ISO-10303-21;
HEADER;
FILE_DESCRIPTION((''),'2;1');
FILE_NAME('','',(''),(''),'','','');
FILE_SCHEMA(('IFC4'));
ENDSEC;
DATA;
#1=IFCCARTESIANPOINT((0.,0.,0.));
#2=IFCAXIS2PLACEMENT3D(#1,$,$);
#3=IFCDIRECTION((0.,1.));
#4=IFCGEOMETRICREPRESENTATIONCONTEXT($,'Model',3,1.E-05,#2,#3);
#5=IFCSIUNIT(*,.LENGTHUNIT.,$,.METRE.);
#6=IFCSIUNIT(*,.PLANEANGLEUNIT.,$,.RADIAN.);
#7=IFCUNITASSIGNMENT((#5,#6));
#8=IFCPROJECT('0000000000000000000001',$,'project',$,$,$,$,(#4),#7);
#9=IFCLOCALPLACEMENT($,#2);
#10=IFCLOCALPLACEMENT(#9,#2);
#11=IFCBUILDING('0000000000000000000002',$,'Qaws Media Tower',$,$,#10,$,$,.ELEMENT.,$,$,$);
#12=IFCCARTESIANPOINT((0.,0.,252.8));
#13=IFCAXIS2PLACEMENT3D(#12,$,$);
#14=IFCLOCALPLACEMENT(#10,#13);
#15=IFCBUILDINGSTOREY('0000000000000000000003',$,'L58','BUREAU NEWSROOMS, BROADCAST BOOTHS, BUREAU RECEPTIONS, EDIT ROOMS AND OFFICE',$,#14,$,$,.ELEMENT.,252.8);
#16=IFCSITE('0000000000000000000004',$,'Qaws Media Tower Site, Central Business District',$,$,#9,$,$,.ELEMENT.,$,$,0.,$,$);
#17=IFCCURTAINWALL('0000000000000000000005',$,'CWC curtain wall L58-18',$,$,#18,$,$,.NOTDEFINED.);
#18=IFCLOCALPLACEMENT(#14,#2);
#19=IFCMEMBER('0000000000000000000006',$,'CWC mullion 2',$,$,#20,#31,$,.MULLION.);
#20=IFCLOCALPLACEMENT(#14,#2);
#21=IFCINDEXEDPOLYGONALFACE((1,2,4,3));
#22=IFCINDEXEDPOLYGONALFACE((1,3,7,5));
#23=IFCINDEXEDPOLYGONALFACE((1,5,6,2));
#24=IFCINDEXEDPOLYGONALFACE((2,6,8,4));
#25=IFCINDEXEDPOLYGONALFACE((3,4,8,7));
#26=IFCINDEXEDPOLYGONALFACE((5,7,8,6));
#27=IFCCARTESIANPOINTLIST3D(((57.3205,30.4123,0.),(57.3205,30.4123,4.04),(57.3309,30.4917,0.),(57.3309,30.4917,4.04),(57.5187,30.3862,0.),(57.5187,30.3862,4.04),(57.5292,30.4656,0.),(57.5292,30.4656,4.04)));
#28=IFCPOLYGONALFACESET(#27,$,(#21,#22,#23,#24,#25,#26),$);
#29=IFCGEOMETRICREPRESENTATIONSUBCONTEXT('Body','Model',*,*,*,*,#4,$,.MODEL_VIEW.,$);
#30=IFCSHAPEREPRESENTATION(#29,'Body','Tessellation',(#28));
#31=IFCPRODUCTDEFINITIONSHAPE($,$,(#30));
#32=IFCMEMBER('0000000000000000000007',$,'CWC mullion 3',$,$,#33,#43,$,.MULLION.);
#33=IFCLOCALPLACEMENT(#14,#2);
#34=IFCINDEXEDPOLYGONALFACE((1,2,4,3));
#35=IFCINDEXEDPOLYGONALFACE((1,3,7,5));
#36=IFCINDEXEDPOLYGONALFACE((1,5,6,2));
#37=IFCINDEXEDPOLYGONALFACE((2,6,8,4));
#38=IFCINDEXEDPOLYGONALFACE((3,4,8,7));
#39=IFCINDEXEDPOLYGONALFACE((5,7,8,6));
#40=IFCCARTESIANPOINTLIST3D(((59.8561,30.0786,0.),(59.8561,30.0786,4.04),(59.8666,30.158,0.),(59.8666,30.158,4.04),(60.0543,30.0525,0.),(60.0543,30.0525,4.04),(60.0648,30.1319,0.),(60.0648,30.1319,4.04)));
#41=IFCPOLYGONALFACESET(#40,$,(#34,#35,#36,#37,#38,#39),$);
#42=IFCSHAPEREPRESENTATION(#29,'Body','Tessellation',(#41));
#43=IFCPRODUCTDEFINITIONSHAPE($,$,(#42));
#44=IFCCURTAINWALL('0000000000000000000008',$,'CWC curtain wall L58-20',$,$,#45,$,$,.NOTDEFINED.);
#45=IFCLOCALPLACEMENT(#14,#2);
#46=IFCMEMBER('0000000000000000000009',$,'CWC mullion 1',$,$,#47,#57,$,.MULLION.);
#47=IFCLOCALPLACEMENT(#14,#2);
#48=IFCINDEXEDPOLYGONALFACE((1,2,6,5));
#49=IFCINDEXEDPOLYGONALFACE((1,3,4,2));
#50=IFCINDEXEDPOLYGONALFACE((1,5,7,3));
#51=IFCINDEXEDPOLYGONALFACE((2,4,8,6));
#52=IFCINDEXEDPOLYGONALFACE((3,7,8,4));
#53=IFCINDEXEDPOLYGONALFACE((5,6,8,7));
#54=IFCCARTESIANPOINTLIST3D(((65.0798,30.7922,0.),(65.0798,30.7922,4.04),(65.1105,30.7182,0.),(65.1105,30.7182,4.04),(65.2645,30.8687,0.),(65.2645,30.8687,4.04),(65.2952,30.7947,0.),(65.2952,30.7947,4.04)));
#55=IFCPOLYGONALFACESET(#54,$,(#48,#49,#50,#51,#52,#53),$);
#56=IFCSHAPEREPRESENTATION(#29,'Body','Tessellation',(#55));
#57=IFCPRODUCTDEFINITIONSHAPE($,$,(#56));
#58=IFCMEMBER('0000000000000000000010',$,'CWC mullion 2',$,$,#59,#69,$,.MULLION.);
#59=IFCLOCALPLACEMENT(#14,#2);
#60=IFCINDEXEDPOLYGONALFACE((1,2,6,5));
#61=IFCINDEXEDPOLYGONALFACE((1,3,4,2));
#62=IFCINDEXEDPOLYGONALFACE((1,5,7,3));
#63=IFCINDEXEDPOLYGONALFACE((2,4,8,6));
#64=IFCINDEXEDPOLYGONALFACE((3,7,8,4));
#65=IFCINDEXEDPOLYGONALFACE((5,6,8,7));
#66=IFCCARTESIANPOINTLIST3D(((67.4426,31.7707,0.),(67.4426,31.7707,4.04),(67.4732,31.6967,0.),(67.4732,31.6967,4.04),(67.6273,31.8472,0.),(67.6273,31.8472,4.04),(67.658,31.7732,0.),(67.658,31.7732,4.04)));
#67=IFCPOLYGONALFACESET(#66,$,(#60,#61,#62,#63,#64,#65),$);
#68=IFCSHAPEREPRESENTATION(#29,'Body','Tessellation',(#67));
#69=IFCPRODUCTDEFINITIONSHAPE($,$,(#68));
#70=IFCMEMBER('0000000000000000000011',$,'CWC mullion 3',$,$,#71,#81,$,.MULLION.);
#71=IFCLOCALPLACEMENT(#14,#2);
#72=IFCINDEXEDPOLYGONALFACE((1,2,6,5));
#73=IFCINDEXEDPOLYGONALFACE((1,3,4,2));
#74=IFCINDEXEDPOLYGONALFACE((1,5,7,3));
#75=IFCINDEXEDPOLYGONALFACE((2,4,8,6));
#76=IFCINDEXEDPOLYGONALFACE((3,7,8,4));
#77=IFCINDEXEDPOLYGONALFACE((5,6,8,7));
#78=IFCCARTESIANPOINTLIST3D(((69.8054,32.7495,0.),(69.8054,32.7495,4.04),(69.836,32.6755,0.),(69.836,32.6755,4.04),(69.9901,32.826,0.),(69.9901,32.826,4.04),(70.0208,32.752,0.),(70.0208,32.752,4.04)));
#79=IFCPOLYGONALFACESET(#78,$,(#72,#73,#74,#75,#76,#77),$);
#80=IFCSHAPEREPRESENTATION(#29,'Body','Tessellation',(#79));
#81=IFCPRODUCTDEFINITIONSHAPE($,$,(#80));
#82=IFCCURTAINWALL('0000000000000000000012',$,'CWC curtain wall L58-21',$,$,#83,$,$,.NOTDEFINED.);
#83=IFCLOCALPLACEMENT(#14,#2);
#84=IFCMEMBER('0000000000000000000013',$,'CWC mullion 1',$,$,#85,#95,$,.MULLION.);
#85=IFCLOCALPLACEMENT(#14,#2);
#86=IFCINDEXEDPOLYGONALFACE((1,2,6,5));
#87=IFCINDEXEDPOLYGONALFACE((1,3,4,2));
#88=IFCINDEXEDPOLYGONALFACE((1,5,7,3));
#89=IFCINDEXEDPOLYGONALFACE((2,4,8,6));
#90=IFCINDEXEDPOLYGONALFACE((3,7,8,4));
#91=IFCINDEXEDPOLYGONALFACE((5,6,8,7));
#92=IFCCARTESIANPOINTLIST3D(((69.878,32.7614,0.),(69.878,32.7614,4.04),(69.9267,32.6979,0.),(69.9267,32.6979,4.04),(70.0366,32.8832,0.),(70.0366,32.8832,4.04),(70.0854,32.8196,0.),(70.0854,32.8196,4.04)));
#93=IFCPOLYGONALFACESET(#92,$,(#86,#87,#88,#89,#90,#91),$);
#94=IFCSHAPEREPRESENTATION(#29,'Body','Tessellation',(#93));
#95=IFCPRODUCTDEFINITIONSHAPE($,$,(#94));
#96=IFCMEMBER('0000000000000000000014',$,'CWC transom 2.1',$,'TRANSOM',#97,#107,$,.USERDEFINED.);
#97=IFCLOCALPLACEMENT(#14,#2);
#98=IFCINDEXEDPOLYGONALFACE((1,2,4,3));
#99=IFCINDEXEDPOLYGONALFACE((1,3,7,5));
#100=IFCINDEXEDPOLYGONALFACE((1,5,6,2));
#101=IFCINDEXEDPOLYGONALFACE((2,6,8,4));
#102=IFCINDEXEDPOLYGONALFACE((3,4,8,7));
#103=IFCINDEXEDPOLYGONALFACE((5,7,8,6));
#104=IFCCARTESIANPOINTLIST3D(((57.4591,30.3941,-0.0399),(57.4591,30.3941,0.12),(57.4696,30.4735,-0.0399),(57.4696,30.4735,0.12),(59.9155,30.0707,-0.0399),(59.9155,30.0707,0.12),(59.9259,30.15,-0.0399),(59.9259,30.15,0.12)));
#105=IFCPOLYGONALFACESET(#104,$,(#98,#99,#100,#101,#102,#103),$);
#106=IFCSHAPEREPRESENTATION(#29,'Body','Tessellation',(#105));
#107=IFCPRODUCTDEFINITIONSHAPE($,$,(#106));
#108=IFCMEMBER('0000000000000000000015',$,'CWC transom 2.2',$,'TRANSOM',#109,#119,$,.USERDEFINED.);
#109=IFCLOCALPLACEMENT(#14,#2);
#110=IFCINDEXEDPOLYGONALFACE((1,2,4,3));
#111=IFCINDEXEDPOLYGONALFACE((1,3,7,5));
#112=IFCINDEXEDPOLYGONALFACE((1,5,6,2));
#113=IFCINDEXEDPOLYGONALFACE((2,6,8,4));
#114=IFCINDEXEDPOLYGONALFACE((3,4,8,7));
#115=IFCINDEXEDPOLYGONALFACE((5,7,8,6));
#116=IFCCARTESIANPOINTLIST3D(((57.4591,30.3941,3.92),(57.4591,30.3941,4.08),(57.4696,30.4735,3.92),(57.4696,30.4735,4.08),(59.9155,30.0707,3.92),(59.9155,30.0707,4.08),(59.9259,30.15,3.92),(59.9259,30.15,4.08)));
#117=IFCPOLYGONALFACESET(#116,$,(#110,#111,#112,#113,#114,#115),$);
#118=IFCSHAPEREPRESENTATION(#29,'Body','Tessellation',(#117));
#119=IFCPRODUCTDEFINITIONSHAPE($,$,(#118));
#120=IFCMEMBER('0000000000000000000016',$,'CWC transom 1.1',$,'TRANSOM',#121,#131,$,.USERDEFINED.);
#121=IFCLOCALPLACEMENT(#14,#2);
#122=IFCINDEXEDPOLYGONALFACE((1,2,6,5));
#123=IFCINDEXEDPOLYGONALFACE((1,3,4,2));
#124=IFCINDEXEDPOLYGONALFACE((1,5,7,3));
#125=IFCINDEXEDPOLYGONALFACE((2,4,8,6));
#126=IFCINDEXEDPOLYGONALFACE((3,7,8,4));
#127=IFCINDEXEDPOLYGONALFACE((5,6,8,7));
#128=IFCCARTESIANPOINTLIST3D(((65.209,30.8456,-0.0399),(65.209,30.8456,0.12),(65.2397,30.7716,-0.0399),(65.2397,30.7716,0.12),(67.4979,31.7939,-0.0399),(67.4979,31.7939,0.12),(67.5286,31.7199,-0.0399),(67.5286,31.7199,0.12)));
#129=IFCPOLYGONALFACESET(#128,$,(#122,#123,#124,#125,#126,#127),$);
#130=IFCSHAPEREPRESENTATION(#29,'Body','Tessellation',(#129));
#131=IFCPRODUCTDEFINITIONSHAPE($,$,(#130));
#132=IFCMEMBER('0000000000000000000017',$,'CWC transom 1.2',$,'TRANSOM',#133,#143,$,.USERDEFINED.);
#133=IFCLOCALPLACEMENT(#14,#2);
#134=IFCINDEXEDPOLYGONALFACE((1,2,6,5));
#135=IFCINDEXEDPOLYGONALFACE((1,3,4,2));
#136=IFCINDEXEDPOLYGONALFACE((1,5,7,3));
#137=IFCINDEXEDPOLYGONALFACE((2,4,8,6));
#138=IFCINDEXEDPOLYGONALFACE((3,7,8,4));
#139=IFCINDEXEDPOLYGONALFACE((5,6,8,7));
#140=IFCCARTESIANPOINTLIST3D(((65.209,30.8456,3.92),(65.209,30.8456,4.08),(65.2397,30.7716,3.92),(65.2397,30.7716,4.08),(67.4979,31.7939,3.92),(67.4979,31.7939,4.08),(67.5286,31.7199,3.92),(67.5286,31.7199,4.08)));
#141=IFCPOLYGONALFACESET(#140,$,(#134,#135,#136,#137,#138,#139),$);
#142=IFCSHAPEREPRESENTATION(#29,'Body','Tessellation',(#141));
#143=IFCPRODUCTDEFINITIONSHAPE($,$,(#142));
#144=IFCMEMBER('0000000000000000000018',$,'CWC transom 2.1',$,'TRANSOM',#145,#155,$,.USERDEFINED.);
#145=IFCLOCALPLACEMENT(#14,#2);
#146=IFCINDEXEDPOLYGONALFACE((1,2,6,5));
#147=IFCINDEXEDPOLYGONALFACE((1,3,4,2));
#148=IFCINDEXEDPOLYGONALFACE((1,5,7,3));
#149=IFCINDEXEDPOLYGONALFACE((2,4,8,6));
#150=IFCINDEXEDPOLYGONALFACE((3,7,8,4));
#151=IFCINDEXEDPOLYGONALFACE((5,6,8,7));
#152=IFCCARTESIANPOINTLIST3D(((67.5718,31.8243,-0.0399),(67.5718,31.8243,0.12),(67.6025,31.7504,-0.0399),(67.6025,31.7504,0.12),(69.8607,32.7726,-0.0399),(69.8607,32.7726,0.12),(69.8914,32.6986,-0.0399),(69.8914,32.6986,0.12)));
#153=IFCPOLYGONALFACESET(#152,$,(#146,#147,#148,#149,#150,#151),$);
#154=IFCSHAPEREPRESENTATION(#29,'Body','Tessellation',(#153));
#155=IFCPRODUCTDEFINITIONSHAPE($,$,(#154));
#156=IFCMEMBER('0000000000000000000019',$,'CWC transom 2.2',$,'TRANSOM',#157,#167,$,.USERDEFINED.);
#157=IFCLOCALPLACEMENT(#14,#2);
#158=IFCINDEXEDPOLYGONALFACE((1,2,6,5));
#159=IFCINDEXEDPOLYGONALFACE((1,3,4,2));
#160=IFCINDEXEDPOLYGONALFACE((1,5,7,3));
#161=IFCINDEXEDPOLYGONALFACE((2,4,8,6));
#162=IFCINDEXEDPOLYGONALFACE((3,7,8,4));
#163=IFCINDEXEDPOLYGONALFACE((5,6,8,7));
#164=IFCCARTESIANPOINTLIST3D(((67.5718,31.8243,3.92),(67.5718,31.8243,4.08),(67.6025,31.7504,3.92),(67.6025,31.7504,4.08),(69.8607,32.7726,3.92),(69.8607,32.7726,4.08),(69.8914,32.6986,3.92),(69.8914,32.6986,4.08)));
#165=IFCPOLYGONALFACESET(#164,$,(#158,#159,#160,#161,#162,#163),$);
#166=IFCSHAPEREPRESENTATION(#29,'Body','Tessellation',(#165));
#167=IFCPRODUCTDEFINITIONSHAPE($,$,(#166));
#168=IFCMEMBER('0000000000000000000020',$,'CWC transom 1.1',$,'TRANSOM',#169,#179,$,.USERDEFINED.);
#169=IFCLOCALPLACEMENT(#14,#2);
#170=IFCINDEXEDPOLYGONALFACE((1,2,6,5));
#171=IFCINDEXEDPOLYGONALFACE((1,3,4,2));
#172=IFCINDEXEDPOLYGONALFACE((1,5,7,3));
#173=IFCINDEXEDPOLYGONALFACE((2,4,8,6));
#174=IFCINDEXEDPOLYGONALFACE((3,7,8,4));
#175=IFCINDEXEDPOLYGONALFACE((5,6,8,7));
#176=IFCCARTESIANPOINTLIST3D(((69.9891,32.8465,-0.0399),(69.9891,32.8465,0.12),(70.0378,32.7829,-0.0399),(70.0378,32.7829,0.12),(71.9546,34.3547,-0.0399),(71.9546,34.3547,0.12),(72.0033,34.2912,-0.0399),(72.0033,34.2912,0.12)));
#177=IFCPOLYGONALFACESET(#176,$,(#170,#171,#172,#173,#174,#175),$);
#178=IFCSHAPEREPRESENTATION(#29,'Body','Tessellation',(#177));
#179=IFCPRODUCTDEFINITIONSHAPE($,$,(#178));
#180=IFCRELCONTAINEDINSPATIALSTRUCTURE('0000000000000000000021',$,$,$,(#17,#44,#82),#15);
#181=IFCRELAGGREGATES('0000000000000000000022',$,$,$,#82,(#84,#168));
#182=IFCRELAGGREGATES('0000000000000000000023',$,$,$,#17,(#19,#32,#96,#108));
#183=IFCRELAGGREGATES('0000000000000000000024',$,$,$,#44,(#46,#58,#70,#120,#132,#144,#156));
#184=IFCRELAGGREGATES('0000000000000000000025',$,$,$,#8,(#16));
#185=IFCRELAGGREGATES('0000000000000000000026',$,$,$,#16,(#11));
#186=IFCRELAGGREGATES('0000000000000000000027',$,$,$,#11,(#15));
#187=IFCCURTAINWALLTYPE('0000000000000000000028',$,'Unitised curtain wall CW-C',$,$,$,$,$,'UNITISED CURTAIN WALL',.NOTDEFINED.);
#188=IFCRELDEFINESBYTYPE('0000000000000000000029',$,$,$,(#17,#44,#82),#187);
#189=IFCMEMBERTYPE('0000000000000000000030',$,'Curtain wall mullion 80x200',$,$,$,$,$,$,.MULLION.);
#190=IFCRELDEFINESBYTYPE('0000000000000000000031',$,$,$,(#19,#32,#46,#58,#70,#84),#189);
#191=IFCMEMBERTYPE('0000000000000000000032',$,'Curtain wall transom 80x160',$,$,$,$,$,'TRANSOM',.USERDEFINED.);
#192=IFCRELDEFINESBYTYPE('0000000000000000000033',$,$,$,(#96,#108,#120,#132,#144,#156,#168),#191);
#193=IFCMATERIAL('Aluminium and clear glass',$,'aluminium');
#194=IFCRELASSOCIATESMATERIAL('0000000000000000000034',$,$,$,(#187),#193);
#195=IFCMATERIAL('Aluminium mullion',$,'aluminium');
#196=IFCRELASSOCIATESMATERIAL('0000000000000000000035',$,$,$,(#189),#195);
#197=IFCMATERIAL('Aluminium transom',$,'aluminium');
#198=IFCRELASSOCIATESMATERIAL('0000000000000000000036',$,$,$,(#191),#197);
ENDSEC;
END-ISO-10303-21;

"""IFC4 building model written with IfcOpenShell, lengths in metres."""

from ifc_helpers import new_model, si_unit, direction, frame, origin, origin_2d, place, context, subcontext, project, spatial, rectangle, extrude, material, material_profile, profile_set, type_object, element, aggregate, save


model = new_model("IFC4")

# Units and contexts
model_context = context("Model", 3, precision=1e-05, world=origin(), true_north=direction((0.0, 1.0)))
body_context = subcontext(model_context, "Body", "Model", "MODEL_VIEW")
ifc_project = project(units=[si_unit("LENGTHUNIT", "METRE"), si_unit("PLANEANGLEUNIT", "RADIAN")], contexts=[model_context])

# Site, building, storey
site_placement = place(None, origin())
site = spatial("IfcSite", under=ifc_project, at=site_placement, Name="Qaws Media Tower Site, Central Business District", CompositionType="ELEMENT", RefElevation=0.0)
building_placement = place(site_placement, origin())
building = spatial("IfcBuilding", under=site, at=building_placement, Name="Qaws Media Tower", CompositionType="ELEMENT")
storey_placement = place(building_placement, frame((0.0, 0.0, 252.8)))
storey = spatial("IfcBuildingStorey", under=building, at=storey_placement, Name="L58", Description="BUREAU NEWSROOMS, BROADCAST BOOTHS, BUREAU RECEPTIONS, EDIT ROOMS AND OFFICE", CompositionType="ELEMENT", Elevation=252.8)

# Curtain walls, members
ifc_material_1 = material(Name="Aluminium and clear glass", Category="aluminium")
curtain_wall_type = type_object("IfcCurtainWallType", Name="Unitised curtain wall CW-C", ElementType="UNITISED CURTAIN WALL", PredefinedType="NOTDEFINED", material=ifc_material_1)
curtain_wall_1_placement = place(storey_placement, origin())
curtain_wall_1 = element("IfcCurtainWall", 1, at=curtain_wall_1_placement, inside=storey, type_object=curtain_wall_type, Name="CWC curtain wall L58-18", PredefinedType="NOTDEFINED")
ifc_material_2 = material(Name="Aluminium mullion", Category="aluminium")
ifc_material_profile_1 = material_profile(ifc_material_2, rectangle(XDim=0.0801, YDim=0.2, at=origin_2d()), Name="80x200")
ifc_profile_set_1 = profile_set([ifc_material_profile_1], Name="Aluminium mullion")
member_type_1 = type_object("IfcMemberType", Name="Curtain wall mullion 80x200", PredefinedType="MULLION", material=ifc_profile_set_1)
member_1_placement = place(storey_placement, frame((57.4248, 30.439, 0.0), z_axis=(0.0, 0.0, 1.0), x_axis=(0.130526, 0.991445, 0.0)))
member_1 = element("IfcMember", 2, at=member_1_placement, type_object=member_type_1, Name="CWC mullion 2", PredefinedType="MULLION", context=body_context, shape_type="SweptSolid", body=[
    extrude(rectangle(XDim=0.0801, YDim=0.2, at=origin_2d()), origin(), (0.0, 0.0, 1.0), 4.04),
])
member_2_placement = place(storey_placement, frame((59.9604, 30.1052, 0.0), z_axis=(0.0, 0.0, 1.0), x_axis=(0.130526, 0.991445, 0.0)))
member_2 = element("IfcMember", 3, at=member_2_placement, type_object=member_type_1, Name="CWC mullion 3", PredefinedType="MULLION", context=body_context, shape_type="SweptSolid", body=[
    extrude(rectangle(XDim=0.0801, YDim=0.2, at=origin_2d()), origin(), (0.0, 0.0, 1.0), 4.04),
])
curtain_wall_2_placement = place(storey_placement, origin())
curtain_wall_2 = element("IfcCurtainWall", 4, at=curtain_wall_2_placement, inside=storey, type_object=curtain_wall_type, Name="CWC curtain wall L58-20", PredefinedType="NOTDEFINED")
member_3_placement = place(storey_placement, frame((65.1875, 30.7935, 0.0), z_axis=(0.0, 0.0, 1.0), x_axis=(-0.382683, 0.92388, 0.0)))
member_3 = element("IfcMember", 5, at=member_3_placement, type_object=member_type_1, Name="CWC mullion 1", PredefinedType="MULLION", context=body_context, shape_type="SweptSolid", body=[
    extrude(rectangle(XDim=0.0801, YDim=0.2, at=origin_2d()), origin(), (0.0, 0.0, 1.0), 4.04),
])
member_4_placement = place(storey_placement, frame((67.5503, 31.772, 0.0), z_axis=(0.0, 0.0, 1.0), x_axis=(-0.382683, 0.92388, 0.0)))
member_4 = element("IfcMember", 6, at=member_4_placement, type_object=member_type_1, Name="CWC mullion 2", PredefinedType="MULLION", context=body_context, shape_type="SweptSolid", body=[
    extrude(rectangle(XDim=0.0801, YDim=0.2, at=origin_2d()), origin(), (0.0, 0.0, 1.0), 4.04),
])
member_5_placement = place(storey_placement, frame((69.9131, 32.7507, 0.0), z_axis=(0.0, 0.0, 1.0), x_axis=(-0.382683, 0.92388, 0.0)))
member_5 = element("IfcMember", 7, at=member_5_placement, type_object=member_type_1, Name="CWC mullion 3", PredefinedType="MULLION", context=body_context, shape_type="SweptSolid", body=[
    extrude(rectangle(XDim=0.0801, YDim=0.2, at=origin_2d()), origin(), (0.0, 0.0, 1.0), 4.04),
])

# Curtain wall, member
curtain_wall_3_placement = place(storey_placement, origin())
curtain_wall_3 = element("IfcCurtainWall", 8, at=curtain_wall_3_placement, inside=storey, type_object=curtain_wall_type, Name="CWC curtain wall L58-21", PredefinedType="NOTDEFINED")
member_6_placement = place(storey_placement, frame((69.9817, 32.7905, 0.0), z_axis=(0.0, 0.0, 1.0), x_axis=(-0.608761, 0.793353, 0.0)))
member_6 = element("IfcMember", 9, at=member_6_placement, type_object=member_type_1, Name="CWC mullion 1", PredefinedType="MULLION", context=body_context, shape_type="SweptSolid", body=[
    extrude(rectangle(XDim=0.0801, YDim=0.2, at=origin_2d()), origin(), (0.0, 0.0, 1.0), 4.04),
])

# Members
ifc_material_3 = material(Name="Aluminium transom", Category="aluminium")
ifc_material_profile_2 = material_profile(ifc_material_3, rectangle(XDim=0.0801, YDim=0.1599, at=origin_2d()), Name="80x160")
ifc_profile_set_2 = profile_set([ifc_material_profile_2], Name="Aluminium transom")
member_type_2 = type_object("IfcMemberType", Name="Curtain wall transom 80x160", ElementType="TRANSOM", PredefinedType="USERDEFINED", material=ifc_profile_set_2)
member_7_placement = place(storey_placement, frame((57.4644, 30.4338, 0.04), z_axis=(0.991439, -0.130569, 0.0), x_axis=(0.130569, 0.991439, 0.0)))
member_7 = element("IfcMember", 10, at=member_7_placement, type_object=member_type_2, Name="CWC transom 2.1", ObjectType="TRANSOM", PredefinedType="USERDEFINED", context=body_context, shape_type="SweptSolid", body=[
    extrude(rectangle(XDim=0.0801, YDim=0.1599, at=origin_2d()), origin(), (0.0, 0.0, 1.0), 2.4775),
])
member_8_placement = place(storey_placement, frame((57.4644, 30.4338, 4.0), z_axis=(0.991439, -0.130569, 0.0), x_axis=(0.130569, 0.991439, 0.0)))
member_8 = element("IfcMember", 11, at=member_8_placement, type_object=member_type_2, Name="CWC transom 2.2", ObjectType="TRANSOM", PredefinedType="USERDEFINED", context=body_context, shape_type="SweptSolid", body=[
    extrude(rectangle(XDim=0.0801, YDim=0.1599, at=origin_2d()), origin(), (0.0, 0.0, 1.0), 2.4775),
])
member_9_placement = place(storey_placement, frame((65.2244, 30.8086, 0.04), z_axis=(0.923853, 0.382746, 0.0), x_axis=(-0.382746, 0.923853, 0.0)))
member_9 = element("IfcMember", 12, at=member_9_placement, type_object=member_type_2, Name="CWC transom 1.1", ObjectType="TRANSOM", PredefinedType="USERDEFINED", context=body_context, shape_type="SweptSolid", body=[
    extrude(rectangle(XDim=0.0801, YDim=0.1599, at=origin_2d()), origin(), (0.0, 0.0, 1.0), 2.4775),
])
member_10_placement = place(storey_placement, frame((65.2244, 30.8086, 4.0), z_axis=(0.923853, 0.382746, 0.0), x_axis=(-0.382746, 0.923853, 0.0)))
member_10 = element("IfcMember", 13, at=member_10_placement, type_object=member_type_2, Name="CWC transom 1.2", ObjectType="TRANSOM", PredefinedType="USERDEFINED", context=body_context, shape_type="SweptSolid", body=[
    extrude(rectangle(XDim=0.0801, YDim=0.1599, at=origin_2d()), origin(), (0.0, 0.0, 1.0), 2.4775),
])
member_11_placement = place(storey_placement, frame((67.5872, 31.7874, 0.04), z_axis=(0.923853, 0.382746, 0.0), x_axis=(-0.382746, 0.923853, 0.0)))
member_11 = element("IfcMember", 14, at=member_11_placement, type_object=member_type_2, Name="CWC transom 2.1", ObjectType="TRANSOM", PredefinedType="USERDEFINED", context=body_context, shape_type="SweptSolid", body=[
    extrude(rectangle(XDim=0.0801, YDim=0.1599, at=origin_2d()), origin(), (0.0, 0.0, 1.0), 2.4775),
])
member_12_placement = place(storey_placement, frame((67.5872, 31.7874, 4.0), z_axis=(0.923853, 0.382746, 0.0), x_axis=(-0.382746, 0.923853, 0.0)))
member_12 = element("IfcMember", 15, at=member_12_placement, type_object=member_type_2, Name="CWC transom 2.2", ObjectType="TRANSOM", PredefinedType="USERDEFINED", context=body_context, shape_type="SweptSolid", body=[
    extrude(rectangle(XDim=0.0801, YDim=0.1599, at=origin_2d()), origin(), (0.0, 0.0, 1.0), 2.4775),
])
member_13_placement = place(storey_placement, frame((70.0134, 32.8147, 0.04), z_axis=(0.793341, 0.608777, 0.0), x_axis=(-0.608777, 0.793341, 0.0)))
member_13 = element("IfcMember", 16, at=member_13_placement, type_object=member_type_2, Name="CWC transom 1.1", ObjectType="TRANSOM", PredefinedType="USERDEFINED", context=body_context, shape_type="SweptSolid", body=[
    extrude(rectangle(XDim=0.0801, YDim=0.1599, at=origin_2d()), origin(), (0.0, 0.0, 1.0), 2.4775),
])
aggregate(curtain_wall_3, [member_6, member_13])

aggregate(curtain_wall_1, [member_1, member_2, member_7, member_8])
aggregate(curtain_wall_2, [member_3, member_4, member_5, member_9, member_10, member_11, member_12])

save(model, "model.ifc")
